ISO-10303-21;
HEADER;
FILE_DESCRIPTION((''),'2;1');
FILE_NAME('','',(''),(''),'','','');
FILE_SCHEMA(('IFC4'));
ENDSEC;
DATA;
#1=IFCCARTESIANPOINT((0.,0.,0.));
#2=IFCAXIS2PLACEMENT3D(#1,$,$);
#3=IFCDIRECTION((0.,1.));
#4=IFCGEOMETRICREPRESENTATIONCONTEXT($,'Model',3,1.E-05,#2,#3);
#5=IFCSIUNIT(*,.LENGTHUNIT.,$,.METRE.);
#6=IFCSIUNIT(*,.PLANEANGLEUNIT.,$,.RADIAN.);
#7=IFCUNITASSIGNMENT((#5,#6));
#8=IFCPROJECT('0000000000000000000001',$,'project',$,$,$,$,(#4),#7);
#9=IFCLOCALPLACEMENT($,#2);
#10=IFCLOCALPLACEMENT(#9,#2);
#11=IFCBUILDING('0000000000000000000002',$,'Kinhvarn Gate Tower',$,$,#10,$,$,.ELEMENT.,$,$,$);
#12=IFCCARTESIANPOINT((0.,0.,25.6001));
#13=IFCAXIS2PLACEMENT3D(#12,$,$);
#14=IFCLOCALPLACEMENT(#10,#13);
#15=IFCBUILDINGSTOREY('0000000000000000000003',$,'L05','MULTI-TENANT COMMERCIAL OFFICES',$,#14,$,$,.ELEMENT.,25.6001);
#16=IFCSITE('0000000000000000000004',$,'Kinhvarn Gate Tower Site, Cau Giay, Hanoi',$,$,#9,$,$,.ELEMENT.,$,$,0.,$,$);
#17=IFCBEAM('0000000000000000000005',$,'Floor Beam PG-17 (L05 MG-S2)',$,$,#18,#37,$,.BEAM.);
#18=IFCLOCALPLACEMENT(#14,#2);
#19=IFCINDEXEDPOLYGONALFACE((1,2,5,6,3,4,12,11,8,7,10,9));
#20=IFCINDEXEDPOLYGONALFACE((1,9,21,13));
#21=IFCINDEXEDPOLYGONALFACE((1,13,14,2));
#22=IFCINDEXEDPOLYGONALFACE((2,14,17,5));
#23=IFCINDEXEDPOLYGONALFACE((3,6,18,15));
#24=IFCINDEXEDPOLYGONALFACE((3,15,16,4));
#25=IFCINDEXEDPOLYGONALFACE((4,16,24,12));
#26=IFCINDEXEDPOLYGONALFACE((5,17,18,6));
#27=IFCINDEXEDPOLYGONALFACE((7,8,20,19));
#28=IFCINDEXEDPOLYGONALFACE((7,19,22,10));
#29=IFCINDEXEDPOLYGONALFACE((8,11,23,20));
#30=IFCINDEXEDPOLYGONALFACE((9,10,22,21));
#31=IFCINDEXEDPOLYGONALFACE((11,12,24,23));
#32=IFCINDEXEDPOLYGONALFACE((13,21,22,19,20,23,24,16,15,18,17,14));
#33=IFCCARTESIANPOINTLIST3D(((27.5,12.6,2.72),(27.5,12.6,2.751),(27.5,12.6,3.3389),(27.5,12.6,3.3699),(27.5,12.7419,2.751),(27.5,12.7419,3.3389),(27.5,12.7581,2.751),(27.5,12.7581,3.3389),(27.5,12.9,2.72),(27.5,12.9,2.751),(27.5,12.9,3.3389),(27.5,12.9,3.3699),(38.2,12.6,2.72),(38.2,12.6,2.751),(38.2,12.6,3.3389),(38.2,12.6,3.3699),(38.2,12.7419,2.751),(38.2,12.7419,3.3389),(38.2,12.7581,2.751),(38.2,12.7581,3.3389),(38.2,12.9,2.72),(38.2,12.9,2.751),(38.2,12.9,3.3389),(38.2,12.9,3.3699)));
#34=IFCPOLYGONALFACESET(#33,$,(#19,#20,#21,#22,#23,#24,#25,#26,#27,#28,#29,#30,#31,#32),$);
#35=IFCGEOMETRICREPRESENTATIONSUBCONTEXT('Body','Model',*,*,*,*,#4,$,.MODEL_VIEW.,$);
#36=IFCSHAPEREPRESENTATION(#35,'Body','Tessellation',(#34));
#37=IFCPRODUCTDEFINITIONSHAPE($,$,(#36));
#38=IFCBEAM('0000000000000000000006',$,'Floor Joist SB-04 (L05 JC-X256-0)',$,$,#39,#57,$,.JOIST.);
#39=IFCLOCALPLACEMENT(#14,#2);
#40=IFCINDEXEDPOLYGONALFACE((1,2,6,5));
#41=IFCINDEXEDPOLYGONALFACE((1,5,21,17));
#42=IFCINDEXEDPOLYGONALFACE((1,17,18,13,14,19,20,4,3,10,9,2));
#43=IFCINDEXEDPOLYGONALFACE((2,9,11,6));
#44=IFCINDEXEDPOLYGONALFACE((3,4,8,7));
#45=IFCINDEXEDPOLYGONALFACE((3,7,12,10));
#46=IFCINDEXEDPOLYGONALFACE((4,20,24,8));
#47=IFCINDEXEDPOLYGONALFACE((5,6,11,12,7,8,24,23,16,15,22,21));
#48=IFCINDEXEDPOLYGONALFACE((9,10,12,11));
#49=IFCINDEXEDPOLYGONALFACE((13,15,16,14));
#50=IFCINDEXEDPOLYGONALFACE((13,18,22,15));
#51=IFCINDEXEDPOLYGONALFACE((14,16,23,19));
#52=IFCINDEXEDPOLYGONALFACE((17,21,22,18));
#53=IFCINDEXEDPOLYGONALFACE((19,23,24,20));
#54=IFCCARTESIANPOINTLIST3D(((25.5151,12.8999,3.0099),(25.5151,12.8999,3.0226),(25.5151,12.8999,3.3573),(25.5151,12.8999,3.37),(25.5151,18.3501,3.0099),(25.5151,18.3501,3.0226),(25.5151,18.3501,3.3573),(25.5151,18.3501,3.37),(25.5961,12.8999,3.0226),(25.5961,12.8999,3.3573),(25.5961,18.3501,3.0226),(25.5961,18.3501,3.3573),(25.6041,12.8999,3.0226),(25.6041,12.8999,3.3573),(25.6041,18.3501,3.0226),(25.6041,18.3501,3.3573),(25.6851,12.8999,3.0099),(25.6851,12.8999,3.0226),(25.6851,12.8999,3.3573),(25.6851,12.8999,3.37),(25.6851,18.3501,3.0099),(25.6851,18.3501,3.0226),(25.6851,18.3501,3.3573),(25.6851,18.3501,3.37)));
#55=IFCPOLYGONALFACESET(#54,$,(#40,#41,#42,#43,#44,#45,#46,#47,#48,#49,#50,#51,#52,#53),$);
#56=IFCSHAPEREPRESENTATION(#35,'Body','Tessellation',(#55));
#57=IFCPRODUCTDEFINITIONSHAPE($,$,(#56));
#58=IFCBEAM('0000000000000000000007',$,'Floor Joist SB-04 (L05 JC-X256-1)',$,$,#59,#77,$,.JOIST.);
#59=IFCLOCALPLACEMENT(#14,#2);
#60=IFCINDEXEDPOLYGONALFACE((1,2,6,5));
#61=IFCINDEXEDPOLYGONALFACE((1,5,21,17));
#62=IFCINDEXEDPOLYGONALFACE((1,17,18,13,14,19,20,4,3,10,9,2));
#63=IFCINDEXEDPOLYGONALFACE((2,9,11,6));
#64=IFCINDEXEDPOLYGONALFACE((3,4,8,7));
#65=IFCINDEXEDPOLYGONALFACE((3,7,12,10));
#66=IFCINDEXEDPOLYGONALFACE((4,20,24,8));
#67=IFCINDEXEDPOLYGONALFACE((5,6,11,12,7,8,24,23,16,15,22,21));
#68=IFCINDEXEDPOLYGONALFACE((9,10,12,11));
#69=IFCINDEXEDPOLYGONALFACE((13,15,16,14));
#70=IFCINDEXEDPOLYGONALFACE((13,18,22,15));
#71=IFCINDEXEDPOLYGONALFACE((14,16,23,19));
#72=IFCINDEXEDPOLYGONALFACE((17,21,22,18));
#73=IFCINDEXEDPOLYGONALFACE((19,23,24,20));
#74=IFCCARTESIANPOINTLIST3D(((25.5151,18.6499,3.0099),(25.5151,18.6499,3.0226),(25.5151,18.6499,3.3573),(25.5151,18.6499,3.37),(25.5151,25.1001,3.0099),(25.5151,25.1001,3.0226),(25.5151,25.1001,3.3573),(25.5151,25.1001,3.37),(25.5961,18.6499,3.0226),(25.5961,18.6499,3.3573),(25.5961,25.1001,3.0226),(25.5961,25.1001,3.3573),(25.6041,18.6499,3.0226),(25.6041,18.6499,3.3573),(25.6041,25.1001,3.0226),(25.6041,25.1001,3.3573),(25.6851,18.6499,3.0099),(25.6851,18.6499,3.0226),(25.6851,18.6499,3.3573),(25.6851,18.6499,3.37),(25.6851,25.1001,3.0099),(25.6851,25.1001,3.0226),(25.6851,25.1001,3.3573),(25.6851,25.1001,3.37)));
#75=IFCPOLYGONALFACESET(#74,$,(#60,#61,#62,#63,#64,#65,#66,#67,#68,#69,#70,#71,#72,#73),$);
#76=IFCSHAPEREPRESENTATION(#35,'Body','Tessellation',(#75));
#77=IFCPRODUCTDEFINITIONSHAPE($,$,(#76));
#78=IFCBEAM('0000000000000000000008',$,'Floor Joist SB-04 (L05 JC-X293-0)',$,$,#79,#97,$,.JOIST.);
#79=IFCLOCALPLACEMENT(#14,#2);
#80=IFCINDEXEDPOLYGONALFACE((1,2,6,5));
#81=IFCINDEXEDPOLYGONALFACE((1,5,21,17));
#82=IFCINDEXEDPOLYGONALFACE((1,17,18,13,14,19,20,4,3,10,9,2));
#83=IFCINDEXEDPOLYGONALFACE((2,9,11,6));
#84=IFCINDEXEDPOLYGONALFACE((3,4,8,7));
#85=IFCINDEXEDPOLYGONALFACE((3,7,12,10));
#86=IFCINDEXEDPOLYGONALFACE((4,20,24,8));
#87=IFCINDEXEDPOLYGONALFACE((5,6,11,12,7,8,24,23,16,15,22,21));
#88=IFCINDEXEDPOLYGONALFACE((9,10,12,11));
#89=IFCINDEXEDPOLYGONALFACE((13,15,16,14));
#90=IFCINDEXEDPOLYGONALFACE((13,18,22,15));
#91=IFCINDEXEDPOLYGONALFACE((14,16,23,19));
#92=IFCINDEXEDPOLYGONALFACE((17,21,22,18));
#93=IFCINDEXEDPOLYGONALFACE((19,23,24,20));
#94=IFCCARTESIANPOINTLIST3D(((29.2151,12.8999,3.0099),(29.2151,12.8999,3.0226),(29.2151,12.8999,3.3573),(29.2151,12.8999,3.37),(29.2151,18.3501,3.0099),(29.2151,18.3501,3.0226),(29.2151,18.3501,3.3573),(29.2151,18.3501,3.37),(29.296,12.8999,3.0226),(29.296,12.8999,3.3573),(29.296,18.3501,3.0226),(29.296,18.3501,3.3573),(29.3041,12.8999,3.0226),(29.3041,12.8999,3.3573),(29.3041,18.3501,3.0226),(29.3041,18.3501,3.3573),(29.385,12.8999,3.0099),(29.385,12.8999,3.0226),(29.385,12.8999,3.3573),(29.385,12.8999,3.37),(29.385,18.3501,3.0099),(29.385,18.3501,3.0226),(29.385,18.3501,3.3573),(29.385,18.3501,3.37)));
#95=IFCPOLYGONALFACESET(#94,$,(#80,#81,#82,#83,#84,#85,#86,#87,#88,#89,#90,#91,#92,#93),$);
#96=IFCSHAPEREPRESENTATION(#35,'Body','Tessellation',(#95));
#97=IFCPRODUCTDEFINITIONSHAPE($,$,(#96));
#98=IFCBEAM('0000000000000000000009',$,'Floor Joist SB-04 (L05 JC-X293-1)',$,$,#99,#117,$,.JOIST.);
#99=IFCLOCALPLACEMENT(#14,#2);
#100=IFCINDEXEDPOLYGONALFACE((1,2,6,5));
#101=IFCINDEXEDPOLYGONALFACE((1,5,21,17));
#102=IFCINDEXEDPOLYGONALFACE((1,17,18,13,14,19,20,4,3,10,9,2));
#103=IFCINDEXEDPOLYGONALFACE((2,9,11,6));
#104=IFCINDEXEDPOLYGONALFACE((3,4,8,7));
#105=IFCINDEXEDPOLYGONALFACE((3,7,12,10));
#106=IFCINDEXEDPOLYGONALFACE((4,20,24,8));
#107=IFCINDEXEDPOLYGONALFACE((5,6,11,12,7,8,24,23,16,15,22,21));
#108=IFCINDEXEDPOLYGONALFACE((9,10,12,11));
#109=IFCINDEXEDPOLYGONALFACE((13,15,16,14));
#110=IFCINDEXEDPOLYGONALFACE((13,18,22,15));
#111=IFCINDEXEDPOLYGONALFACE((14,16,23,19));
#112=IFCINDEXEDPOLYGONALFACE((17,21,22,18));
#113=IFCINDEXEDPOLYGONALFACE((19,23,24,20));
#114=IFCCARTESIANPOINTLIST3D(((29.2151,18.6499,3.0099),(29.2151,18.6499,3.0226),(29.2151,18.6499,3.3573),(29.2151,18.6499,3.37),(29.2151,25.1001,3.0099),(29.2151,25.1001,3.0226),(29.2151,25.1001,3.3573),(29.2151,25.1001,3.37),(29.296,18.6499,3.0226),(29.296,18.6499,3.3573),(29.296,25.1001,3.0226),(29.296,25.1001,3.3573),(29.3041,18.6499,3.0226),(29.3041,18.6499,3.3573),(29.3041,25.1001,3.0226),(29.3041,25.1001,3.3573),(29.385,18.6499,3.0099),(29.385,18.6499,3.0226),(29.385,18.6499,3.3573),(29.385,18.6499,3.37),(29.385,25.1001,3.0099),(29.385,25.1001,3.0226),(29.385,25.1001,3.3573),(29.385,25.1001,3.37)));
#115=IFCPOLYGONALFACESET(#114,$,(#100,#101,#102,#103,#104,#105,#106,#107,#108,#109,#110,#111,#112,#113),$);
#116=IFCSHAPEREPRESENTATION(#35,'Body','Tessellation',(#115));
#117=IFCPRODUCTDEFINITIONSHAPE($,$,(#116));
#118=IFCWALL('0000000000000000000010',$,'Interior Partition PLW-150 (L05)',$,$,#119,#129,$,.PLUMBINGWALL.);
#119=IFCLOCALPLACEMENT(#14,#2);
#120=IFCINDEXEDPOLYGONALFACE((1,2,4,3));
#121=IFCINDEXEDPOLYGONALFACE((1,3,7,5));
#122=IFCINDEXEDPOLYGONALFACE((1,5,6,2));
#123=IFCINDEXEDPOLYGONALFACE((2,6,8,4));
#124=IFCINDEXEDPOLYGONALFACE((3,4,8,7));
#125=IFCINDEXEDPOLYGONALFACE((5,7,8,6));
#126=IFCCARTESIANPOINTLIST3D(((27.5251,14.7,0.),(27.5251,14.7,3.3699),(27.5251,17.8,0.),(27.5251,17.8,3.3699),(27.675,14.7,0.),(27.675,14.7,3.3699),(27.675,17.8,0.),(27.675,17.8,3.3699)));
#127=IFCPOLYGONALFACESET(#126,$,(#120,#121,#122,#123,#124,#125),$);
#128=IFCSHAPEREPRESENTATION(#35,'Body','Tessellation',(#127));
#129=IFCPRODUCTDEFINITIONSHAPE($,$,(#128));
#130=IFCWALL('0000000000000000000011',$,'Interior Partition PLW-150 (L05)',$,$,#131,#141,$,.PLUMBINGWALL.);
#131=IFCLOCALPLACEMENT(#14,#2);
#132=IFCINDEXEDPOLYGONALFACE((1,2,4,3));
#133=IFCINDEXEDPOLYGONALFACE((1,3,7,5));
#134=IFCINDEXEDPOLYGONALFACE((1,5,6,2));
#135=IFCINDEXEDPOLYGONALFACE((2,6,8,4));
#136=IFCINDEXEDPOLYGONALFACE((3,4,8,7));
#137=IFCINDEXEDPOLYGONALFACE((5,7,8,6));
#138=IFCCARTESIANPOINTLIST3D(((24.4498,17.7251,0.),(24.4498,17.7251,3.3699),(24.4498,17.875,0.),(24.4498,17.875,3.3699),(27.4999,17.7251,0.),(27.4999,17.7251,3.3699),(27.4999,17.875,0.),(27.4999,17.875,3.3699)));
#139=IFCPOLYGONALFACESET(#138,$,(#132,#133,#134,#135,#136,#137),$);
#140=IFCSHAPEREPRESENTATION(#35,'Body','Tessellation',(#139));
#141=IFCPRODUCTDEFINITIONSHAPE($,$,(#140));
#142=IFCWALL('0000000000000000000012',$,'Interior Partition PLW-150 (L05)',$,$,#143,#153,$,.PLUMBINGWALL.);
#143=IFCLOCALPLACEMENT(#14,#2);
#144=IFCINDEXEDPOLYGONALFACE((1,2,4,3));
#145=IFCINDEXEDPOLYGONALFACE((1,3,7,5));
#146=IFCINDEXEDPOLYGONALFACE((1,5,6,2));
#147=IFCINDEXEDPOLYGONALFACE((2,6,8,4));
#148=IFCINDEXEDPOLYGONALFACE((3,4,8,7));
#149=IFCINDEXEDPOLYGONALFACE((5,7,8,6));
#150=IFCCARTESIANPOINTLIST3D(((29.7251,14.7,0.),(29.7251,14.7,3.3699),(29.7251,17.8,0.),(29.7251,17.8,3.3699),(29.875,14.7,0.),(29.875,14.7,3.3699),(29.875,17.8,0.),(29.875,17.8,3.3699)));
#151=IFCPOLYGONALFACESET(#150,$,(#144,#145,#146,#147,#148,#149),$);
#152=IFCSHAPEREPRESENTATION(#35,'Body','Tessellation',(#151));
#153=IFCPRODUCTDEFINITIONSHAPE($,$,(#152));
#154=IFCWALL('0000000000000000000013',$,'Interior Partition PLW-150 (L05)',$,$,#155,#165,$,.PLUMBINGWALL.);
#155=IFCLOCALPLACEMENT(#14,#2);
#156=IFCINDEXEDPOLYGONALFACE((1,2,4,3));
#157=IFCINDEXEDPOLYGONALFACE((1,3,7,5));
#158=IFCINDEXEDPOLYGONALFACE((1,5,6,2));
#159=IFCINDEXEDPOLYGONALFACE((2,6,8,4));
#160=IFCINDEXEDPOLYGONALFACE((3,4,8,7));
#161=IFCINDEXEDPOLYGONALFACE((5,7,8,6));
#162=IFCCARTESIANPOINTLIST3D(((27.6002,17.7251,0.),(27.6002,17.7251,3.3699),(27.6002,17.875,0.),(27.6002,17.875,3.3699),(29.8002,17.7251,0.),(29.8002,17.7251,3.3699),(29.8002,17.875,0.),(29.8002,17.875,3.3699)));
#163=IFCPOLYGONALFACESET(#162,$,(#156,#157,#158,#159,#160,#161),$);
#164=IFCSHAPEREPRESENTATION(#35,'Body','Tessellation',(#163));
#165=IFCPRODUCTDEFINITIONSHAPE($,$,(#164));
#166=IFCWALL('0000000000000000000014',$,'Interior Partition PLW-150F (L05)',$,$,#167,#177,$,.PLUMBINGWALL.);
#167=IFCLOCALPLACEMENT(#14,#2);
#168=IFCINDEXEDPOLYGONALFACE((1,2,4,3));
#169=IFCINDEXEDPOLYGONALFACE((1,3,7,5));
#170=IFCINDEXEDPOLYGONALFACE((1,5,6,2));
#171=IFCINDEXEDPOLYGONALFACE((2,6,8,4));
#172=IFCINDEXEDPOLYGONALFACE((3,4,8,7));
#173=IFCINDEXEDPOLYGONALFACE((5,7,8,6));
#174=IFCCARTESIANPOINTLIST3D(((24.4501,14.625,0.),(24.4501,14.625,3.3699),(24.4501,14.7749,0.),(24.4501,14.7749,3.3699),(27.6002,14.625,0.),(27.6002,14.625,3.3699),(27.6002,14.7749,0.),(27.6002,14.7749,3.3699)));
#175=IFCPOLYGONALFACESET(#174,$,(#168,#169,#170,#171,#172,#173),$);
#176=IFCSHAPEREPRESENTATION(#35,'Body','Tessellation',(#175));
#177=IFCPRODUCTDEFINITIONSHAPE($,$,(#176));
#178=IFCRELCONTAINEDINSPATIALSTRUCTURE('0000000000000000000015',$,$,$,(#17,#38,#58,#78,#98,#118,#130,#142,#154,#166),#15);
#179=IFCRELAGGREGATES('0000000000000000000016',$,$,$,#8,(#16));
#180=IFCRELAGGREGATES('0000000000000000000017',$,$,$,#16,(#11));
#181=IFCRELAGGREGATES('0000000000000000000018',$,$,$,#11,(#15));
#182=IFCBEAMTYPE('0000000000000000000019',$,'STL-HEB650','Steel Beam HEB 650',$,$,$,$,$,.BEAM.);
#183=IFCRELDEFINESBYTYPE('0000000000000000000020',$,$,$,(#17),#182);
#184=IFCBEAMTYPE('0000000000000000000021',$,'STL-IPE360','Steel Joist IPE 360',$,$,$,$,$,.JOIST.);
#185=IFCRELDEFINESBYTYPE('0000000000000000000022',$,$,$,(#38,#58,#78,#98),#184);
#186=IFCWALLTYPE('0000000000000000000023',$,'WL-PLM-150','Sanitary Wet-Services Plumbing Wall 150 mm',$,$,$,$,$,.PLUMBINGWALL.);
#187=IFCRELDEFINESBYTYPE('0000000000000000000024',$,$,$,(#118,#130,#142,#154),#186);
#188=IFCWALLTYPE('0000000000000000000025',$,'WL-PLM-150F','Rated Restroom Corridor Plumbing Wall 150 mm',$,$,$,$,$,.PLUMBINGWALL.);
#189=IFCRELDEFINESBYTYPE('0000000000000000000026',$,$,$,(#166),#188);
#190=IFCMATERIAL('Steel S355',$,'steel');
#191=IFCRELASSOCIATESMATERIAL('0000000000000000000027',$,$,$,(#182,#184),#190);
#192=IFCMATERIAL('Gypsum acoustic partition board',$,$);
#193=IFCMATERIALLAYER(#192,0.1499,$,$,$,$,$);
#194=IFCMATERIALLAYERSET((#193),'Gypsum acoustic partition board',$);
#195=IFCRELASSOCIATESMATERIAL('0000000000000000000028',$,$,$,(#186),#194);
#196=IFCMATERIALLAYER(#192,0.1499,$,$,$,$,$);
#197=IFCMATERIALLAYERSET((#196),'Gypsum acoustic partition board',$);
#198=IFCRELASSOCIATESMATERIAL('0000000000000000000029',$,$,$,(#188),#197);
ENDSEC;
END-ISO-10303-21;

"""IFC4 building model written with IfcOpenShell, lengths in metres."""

from ifc_helpers import new_model, si_unit, direction, frame, frame_2d, origin, origin_2d, place, context, subcontext, project, spatial, rectangle, i_section, extrude, material, layer, layer_set, material_profile, profile_set, type_object, element, save


model = new_model("IFC4")

# Units and contexts
model_context = context("Model", 3, precision=1e-05, world=origin(), true_north=direction((0.0, 1.0)))
body_context = subcontext(model_context, "Body", "Model", "MODEL_VIEW")
ifc_project = project(units=[si_unit("LENGTHUNIT", "METRE"), si_unit("PLANEANGLEUNIT", "RADIAN")], contexts=[model_context])

# Site, building, storey
site_placement = place(None, origin())
site = spatial("IfcSite", under=ifc_project, at=site_placement, Name="Kinhvarn Gate Tower Site, Cau Giay, Hanoi", CompositionType="ELEMENT", RefElevation=0.0)
building_placement = place(site_placement, origin())
building = spatial("IfcBuilding", under=site, at=building_placement, Name="Kinhvarn Gate Tower", CompositionType="ELEMENT")
storey_placement = place(building_placement, frame((0.0, 0.0, 25.6001)))
storey = spatial("IfcBuildingStorey", under=building, at=storey_placement, Name="L05", Description="MULTI-TENANT COMMERCIAL OFFICES", CompositionType="ELEMENT", Elevation=25.6001)

# Beams
ifc_material_1 = material(Name="Steel S355", Category="steel")
ifc_material_profile_1 = material_profile(ifc_material_1, i_section(OverallWidth=0.3, OverallDepth=0.6499, WebThickness=0.0161, FlangeThickness=0.031, at=origin_2d()), Name="HEB 650")
ifc_profile_set_1 = profile_set([ifc_material_profile_1], Name="Steel S355")
beam_type_1 = type_object("IfcBeamType", Name="STL-HEB650", Description="Steel Beam HEB 650", PredefinedType="BEAM", material=ifc_profile_set_1)
beam_1_placement = place(storey_placement, frame((27.5, 12.75, 3.0449), z_axis=(1.0, 0.0, 0.0), x_axis=(0.0, 1.0, 0.0)))
element("IfcBeam", 1, at=beam_1_placement, inside=storey, type_object=beam_type_1, Name="Floor Beam PG-17 (L05 MG-S2)", PredefinedType="BEAM", context=body_context, shape_type="SweptSolid", body=[
    extrude(i_section(OverallWidth=0.3, OverallDepth=0.6499, WebThickness=0.0161, FlangeThickness=0.031, at=origin_2d()), origin(), (0.0, 0.0, 1.0), 10.7),
])
ifc_material_profile_2 = material_profile(ifc_material_1, i_section(OverallWidth=0.1699, OverallDepth=0.3601, WebThickness=0.0081, FlangeThickness=0.0127, at=origin_2d()), Name="IPE 360")
ifc_profile_set_2 = profile_set([ifc_material_profile_2], Name="Steel S355")
beam_type_2 = type_object("IfcBeamType", Name="STL-IPE360", Description="Steel Joist IPE 360", PredefinedType="JOIST", material=ifc_profile_set_2)
beam_2_placement = place(storey_placement, frame((25.6001, 12.8999, 3.1899), z_axis=(0.0, 1.0, 0.0), x_axis=(-1.0, 0.0, 0.0)))
element("IfcBeam", 2, at=beam_2_placement, inside=storey, type_object=beam_type_2, Name="Floor Joist SB-04 (L05 JC-X256-0)", PredefinedType="JOIST", context=body_context, shape_type="SweptSolid", body=[
    extrude(i_section(OverallWidth=0.1699, OverallDepth=0.3601, WebThickness=0.0081, FlangeThickness=0.0127, at=origin_2d()), origin(), (0.0, 0.0, 1.0), 5.4502),
])
beam_3_placement = place(storey_placement, frame((25.6001, 18.6499, 3.1899), z_axis=(0.0, 1.0, 0.0), x_axis=(-1.0, 0.0, 0.0)))
element("IfcBeam", 3, at=beam_3_placement, inside=storey, type_object=beam_type_2, Name="Floor Joist SB-04 (L05 JC-X256-1)", PredefinedType="JOIST", context=body_context, shape_type="SweptSolid", body=[
    extrude(i_section(OverallWidth=0.1699, OverallDepth=0.3601, WebThickness=0.0081, FlangeThickness=0.0127, at=origin_2d()), origin(), (0.0, 0.0, 1.0), 6.4502),
])
beam_4_placement = place(storey_placement, frame((29.3, 12.8999, 3.1899), z_axis=(0.0, 1.0, 0.0), x_axis=(-1.0, 0.0, 0.0)))
element("IfcBeam", 4, at=beam_4_placement, inside=storey, type_object=beam_type_2, Name="Floor Joist SB-04 (L05 JC-X293-0)", PredefinedType="JOIST", context=body_context, shape_type="SweptSolid", body=[
    extrude(i_section(OverallWidth=0.1699, OverallDepth=0.3601, WebThickness=0.0081, FlangeThickness=0.0127, at=origin_2d()), origin(), (0.0, 0.0, 1.0), 5.4502),
])
beam_5_placement = place(storey_placement, frame((29.3, 18.6499, 3.1899), z_axis=(0.0, 1.0, 0.0), x_axis=(-1.0, 0.0, 0.0)))
element("IfcBeam", 5, at=beam_5_placement, inside=storey, type_object=beam_type_2, Name="Floor Joist SB-04 (L05 JC-X293-1)", PredefinedType="JOIST", context=body_context, shape_type="SweptSolid", body=[
    extrude(i_section(OverallWidth=0.1699, OverallDepth=0.3601, WebThickness=0.0081, FlangeThickness=0.0127, at=origin_2d()), origin(), (0.0, 0.0, 1.0), 6.4502),
])

# Walls
ifc_material_2 = material(Name="Gypsum acoustic partition board")
ifc_layer_1 = layer(ifc_material_2, 0.1499)
ifc_layer_set_1 = layer_set([ifc_layer_1], Name="Gypsum acoustic partition board")
wall_type_1 = type_object("IfcWallType", Name="WL-PLM-150", Description="Sanitary Wet-Services Plumbing Wall 150 mm", PredefinedType="PLUMBINGWALL", material=ifc_layer_set_1)
wall_1_placement = place(storey_placement, frame((27.6001, 14.7, 0.0), z_axis=(0.0, 0.0, 1.0), x_axis=(0.0, 1.0, 0.0)))
element("IfcWall", 6, at=wall_1_placement, inside=storey, type_object=wall_type_1, Name="Interior Partition PLW-150 (L05)", PredefinedType="PLUMBINGWALL", context=body_context, shape_type="SweptSolid", body=[
    extrude(rectangle(XDim=3.1001, YDim=0.1499, at=frame_2d((1.55, 0.0))), origin(), (0.0, 0.0, 1.0), 3.3699),
])
wall_2_placement = place(storey_placement, frame((24.45, 17.8, 0.0), z_axis=(0.0, 0.0, 1.0), x_axis=(1.0, 0.0, 0.0)))
element("IfcWall", 7, at=wall_2_placement, inside=storey, type_object=wall_type_1, Name="Interior Partition PLW-150 (L05)", PredefinedType="PLUMBINGWALL", context=body_context, shape_type="SweptSolid", body=[
    extrude(rectangle(XDim=3.05, YDim=0.1499, at=frame_2d((1.5249, 0.0))), origin(), (0.0, 0.0, 1.0), 3.3699),
])
wall_3_placement = place(storey_placement, frame((29.8, 14.7, 0.0), z_axis=(0.0, 0.0, 1.0), x_axis=(0.0, 1.0, 0.0)))
element("IfcWall", 8, at=wall_3_placement, inside=storey, type_object=wall_type_1, Name="Interior Partition PLW-150 (L05)", PredefinedType="PLUMBINGWALL", context=body_context, shape_type="SweptSolid", body=[
    extrude(rectangle(XDim=3.1001, YDim=0.1499, at=frame_2d((1.55, 0.0))), origin(), (0.0, 0.0, 1.0), 3.3699),
])
wall_4_placement = place(storey_placement, frame((27.6001, 17.8, 0.0), z_axis=(0.0, 0.0, 1.0), x_axis=(1.0, 0.0, 0.0)))
element("IfcWall", 9, at=wall_4_placement, inside=storey, type_object=wall_type_1, Name="Interior Partition PLW-150 (L05)", PredefinedType="PLUMBINGWALL", context=body_context, shape_type="SweptSolid", body=[
    extrude(rectangle(XDim=2.2, YDim=0.1499, at=frame_2d((1.1001, 0.0))), origin(), (0.0, 0.0, 1.0), 3.3699),
])
ifc_layer_2 = layer(ifc_material_2, 0.1499)
ifc_layer_set_2 = layer_set([ifc_layer_2], Name="Gypsum acoustic partition board")
wall_type_2 = type_object("IfcWallType", Name="WL-PLM-150F", Description="Rated Restroom Corridor Plumbing Wall 150 mm", PredefinedType="PLUMBINGWALL", material=ifc_layer_set_2)
wall_5_placement = place(storey_placement, frame((24.45, 14.7, 0.0), z_axis=(0.0, 0.0, 1.0), x_axis=(1.0, 0.0, 0.0)))
element("IfcWall", 10, at=wall_5_placement, inside=storey, type_object=wall_type_2, Name="Interior Partition PLW-150F (L05)", PredefinedType="PLUMBINGWALL", context=body_context, shape_type="SweptSolid", body=[
    extrude(rectangle(XDim=3.1501, YDim=0.1499, at=frame_2d((1.5752, 0.0))), origin(), (0.0, 0.0, 1.0), 3.3699),
])

save(model, "model.ifc")
